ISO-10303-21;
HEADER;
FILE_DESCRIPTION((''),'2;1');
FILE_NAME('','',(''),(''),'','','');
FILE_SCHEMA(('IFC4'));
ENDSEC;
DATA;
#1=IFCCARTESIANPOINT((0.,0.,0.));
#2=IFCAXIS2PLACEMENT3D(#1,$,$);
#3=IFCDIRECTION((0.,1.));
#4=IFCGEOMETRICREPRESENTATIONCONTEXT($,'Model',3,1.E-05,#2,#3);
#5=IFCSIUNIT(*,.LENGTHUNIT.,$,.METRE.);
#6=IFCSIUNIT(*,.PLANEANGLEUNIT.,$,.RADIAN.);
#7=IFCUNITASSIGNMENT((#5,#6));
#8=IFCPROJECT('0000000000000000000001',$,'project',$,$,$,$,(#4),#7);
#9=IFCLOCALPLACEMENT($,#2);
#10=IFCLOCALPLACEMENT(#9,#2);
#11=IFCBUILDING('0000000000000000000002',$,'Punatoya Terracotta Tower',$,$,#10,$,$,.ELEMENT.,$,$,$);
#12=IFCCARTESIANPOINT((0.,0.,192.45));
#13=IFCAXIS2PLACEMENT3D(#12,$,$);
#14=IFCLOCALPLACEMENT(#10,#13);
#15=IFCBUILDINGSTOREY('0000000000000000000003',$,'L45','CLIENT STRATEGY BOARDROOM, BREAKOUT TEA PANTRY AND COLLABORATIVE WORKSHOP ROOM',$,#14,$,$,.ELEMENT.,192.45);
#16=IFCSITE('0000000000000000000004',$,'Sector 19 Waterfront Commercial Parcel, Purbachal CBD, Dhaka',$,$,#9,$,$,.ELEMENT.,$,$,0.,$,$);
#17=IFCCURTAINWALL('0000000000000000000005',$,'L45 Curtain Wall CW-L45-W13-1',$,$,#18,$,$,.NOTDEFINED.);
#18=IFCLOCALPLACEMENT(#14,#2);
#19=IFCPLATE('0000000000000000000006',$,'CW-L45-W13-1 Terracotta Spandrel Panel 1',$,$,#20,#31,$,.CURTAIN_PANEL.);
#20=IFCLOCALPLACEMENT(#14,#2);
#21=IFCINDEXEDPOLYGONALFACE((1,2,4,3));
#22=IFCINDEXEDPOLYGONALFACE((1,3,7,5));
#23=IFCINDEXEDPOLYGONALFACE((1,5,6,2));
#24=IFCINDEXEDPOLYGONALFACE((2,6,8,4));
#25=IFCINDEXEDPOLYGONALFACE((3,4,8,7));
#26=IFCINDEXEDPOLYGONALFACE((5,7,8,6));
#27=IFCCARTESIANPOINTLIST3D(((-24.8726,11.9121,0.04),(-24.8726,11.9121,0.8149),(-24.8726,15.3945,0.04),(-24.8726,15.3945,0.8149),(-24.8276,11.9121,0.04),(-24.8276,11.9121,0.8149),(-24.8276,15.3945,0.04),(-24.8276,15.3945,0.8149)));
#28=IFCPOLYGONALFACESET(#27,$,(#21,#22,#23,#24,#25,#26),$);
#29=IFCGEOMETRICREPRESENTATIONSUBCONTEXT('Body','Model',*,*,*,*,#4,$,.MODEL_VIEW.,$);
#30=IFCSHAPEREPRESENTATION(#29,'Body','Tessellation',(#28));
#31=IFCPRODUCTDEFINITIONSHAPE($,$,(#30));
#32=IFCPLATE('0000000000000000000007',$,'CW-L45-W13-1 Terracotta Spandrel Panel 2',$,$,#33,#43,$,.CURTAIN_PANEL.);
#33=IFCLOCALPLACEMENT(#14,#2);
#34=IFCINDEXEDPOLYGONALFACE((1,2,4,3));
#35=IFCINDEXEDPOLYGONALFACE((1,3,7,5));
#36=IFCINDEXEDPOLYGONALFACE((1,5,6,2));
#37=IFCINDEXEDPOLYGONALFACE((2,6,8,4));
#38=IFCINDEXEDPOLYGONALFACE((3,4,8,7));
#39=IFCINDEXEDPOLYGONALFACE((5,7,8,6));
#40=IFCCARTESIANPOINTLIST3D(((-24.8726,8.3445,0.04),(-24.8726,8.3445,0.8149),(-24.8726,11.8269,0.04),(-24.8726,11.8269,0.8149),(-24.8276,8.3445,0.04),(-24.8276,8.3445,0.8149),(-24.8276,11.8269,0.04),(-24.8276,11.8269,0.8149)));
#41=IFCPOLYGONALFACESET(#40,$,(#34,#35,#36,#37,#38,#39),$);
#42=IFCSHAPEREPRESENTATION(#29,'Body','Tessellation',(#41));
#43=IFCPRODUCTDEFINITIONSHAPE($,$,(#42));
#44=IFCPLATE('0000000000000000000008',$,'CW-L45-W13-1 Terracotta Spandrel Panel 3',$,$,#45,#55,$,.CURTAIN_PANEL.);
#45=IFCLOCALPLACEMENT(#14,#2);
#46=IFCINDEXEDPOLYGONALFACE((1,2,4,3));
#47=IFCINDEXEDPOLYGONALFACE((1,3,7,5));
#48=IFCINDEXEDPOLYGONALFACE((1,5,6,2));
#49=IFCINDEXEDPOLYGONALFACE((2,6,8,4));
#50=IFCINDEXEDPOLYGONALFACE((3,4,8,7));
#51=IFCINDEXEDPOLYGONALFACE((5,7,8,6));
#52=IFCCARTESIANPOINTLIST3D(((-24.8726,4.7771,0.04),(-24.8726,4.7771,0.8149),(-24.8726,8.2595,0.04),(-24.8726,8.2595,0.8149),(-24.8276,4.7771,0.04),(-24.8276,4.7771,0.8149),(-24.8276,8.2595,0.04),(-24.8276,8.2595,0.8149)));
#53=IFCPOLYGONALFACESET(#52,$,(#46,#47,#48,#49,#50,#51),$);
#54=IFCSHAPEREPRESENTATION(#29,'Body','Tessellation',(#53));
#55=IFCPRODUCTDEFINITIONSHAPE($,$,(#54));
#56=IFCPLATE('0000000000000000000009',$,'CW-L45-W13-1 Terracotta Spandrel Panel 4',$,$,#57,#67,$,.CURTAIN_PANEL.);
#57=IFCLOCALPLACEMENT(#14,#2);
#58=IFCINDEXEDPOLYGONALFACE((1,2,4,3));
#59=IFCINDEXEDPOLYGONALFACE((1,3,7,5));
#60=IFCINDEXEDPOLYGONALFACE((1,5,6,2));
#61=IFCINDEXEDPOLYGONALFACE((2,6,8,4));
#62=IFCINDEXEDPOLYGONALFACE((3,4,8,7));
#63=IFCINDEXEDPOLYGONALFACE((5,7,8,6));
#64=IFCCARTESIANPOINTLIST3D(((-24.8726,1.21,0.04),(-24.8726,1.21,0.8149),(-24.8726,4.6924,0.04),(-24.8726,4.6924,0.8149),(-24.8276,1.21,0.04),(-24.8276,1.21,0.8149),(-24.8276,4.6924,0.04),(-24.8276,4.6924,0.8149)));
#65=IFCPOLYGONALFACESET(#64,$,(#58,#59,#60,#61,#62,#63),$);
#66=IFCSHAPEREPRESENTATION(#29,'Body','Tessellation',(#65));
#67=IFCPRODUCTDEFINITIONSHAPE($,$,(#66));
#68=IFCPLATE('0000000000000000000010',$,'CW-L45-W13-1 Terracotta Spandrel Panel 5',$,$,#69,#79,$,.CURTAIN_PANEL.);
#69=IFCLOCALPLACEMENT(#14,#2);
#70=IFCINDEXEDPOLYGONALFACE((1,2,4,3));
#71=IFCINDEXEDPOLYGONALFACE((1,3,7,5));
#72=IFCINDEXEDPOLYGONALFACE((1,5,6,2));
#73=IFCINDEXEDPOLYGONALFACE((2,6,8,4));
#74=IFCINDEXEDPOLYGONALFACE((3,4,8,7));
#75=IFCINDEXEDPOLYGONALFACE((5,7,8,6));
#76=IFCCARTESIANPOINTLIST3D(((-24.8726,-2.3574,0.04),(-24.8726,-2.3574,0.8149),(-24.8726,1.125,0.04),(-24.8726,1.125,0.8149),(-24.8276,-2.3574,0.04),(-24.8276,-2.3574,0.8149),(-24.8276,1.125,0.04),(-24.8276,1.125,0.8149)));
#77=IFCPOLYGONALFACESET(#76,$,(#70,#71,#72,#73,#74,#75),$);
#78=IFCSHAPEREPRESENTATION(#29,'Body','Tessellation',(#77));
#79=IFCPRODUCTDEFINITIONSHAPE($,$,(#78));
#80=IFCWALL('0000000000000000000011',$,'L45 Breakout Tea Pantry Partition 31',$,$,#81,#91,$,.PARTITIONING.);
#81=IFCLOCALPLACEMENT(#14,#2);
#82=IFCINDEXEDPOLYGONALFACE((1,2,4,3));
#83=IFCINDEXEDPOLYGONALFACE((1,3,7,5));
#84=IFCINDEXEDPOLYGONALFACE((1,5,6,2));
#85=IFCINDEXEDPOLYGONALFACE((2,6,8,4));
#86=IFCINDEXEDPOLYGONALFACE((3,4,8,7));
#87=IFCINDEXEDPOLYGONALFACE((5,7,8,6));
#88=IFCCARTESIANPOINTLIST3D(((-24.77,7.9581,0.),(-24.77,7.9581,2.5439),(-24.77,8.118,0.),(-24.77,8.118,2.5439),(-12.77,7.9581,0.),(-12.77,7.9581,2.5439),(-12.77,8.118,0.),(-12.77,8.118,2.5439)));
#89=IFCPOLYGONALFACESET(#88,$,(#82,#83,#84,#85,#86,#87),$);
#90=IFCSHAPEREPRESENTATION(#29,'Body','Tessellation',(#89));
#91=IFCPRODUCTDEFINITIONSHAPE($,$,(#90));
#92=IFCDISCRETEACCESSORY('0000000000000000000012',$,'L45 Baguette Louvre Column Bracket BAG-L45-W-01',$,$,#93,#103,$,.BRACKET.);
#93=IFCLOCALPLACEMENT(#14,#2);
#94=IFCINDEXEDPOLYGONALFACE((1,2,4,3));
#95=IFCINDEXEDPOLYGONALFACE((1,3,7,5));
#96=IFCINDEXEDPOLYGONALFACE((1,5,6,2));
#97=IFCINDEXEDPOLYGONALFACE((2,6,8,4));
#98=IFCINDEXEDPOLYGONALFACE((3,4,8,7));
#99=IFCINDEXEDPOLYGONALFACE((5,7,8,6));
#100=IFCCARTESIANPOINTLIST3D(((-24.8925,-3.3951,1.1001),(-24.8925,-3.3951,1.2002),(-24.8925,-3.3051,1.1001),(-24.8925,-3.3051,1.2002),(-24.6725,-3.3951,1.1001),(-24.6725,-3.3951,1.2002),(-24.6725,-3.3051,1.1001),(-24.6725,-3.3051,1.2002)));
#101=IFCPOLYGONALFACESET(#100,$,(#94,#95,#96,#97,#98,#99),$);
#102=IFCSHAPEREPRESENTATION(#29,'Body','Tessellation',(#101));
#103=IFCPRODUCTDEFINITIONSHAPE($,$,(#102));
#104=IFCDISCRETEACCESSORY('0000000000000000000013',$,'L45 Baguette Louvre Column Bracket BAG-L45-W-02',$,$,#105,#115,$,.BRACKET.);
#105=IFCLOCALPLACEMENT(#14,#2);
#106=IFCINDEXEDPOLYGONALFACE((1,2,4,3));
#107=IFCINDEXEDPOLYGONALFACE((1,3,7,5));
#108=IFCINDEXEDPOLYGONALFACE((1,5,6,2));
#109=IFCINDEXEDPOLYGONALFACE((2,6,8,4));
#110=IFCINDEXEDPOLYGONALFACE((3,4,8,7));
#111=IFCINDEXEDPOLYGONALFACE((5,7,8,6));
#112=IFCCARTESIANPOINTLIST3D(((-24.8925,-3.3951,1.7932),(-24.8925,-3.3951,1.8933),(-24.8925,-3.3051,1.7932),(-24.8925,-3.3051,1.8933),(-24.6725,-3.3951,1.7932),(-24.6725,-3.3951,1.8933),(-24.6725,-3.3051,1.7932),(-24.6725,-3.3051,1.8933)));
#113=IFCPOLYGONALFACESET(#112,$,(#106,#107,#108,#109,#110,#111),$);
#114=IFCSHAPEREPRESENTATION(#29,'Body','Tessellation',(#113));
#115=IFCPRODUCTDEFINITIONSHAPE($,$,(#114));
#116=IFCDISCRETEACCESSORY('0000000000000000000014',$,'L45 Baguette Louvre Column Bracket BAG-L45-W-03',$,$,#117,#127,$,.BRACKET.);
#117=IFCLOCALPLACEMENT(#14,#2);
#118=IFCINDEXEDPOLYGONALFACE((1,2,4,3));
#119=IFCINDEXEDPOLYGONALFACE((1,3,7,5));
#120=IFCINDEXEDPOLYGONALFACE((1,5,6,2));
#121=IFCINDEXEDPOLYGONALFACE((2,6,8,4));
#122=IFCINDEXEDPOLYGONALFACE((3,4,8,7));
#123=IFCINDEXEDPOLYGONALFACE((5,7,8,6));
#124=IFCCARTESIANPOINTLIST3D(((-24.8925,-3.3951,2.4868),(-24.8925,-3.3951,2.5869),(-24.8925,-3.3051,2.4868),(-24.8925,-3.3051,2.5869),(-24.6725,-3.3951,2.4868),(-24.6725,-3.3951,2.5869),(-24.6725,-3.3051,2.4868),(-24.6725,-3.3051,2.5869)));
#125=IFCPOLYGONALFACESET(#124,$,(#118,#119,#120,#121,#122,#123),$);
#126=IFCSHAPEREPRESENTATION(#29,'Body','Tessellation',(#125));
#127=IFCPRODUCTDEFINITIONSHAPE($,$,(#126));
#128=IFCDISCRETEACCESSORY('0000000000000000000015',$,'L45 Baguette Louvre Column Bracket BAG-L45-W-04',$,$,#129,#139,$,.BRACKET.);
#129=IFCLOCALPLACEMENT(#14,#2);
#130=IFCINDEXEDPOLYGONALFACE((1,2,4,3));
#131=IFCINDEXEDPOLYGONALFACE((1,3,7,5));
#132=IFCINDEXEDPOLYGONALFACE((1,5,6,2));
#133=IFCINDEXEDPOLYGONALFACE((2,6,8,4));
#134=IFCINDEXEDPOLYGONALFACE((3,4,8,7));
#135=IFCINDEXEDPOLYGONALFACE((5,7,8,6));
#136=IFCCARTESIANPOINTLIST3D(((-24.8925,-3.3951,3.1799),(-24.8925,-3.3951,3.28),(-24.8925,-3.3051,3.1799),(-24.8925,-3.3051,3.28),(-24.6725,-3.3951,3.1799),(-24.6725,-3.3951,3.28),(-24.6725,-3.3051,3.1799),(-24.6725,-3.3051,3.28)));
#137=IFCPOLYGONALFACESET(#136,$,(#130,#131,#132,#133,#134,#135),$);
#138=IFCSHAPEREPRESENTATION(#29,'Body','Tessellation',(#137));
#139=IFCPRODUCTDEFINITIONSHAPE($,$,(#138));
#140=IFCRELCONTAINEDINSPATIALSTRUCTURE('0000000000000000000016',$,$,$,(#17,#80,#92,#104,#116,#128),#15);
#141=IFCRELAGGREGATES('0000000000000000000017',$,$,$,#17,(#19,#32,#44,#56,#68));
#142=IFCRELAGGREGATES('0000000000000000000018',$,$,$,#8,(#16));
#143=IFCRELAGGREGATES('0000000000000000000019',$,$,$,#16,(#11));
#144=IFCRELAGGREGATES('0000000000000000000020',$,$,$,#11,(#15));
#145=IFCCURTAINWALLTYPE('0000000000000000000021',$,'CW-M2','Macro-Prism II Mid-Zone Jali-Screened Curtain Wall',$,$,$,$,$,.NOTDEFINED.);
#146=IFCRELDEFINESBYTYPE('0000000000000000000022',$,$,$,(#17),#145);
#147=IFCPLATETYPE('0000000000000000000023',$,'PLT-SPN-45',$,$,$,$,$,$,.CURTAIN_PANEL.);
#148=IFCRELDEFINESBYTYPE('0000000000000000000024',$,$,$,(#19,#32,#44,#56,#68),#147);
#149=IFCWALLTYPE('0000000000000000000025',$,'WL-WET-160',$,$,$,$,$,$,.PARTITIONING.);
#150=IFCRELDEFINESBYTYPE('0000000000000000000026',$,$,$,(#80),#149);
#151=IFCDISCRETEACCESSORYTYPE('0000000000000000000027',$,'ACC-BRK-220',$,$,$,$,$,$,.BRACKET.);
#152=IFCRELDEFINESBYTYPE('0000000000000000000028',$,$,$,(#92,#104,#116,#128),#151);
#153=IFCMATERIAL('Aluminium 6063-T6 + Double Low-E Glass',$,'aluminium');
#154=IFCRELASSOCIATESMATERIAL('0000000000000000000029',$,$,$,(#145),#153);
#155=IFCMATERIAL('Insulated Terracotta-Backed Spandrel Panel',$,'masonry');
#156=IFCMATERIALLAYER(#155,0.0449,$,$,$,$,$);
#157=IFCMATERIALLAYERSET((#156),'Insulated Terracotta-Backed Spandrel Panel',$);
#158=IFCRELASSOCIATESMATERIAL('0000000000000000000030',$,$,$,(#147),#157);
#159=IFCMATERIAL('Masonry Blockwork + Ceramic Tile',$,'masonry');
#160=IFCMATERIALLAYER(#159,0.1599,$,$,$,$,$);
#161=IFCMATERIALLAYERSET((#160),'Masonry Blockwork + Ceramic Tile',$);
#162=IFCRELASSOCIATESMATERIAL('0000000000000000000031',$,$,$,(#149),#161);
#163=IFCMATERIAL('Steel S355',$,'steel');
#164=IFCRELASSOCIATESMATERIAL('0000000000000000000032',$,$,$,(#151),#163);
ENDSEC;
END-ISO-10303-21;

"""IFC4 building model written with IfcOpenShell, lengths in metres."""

from ifc_helpers import new_model, si_unit, direction, frame, frame_2d, origin, origin_2d, place, context, subcontext, project, spatial, rectangle, extrude, material, layer, layer_set, type_object, element, aggregate, save


model = new_model("IFC4")

# Units and contexts
model_context = context("Model", 3, precision=1e-05, world=origin(), true_north=direction((0.0, 1.0)))
body_context = subcontext(model_context, "Body", "Model", "MODEL_VIEW")
ifc_project = project(units=[si_unit("LENGTHUNIT", "METRE"), si_unit("PLANEANGLEUNIT", "RADIAN")], contexts=[model_context])

# Site, building, storey
site_placement = place(None, origin())
site = spatial("IfcSite", under=ifc_project, at=site_placement, Name="Sector 19 Waterfront Commercial Parcel, Purbachal CBD, Dhaka", CompositionType="ELEMENT", RefElevation=0.0)
building_placement = place(site_placement, origin())
building = spatial("IfcBuilding", under=site, at=building_placement, Name="Punatoya Terracotta Tower", CompositionType="ELEMENT")
storey_placement = place(building_placement, frame((0.0, 0.0, 192.45)))
storey = spatial("IfcBuildingStorey", under=building, at=storey_placement, Name="L45", Description="CLIENT STRATEGY BOARDROOM, BREAKOUT TEA PANTRY AND COLLABORATIVE WORKSHOP ROOM", CompositionType="ELEMENT", Elevation=192.45)

# Curtain wall
ifc_material_1 = material(Name="Aluminium 6063-T6 + Double Low-E Glass", Category="aluminium")
curtain_wall_type = type_object("IfcCurtainWallType", Name="CW-M2", Description="Macro-Prism II Mid-Zone Jali-Screened Curtain Wall", PredefinedType="NOTDEFINED", material=ifc_material_1)
curtain_wall_placement = place(storey_placement, origin())
curtain_wall = element("IfcCurtainWall", 1, at=curtain_wall_placement, inside=storey, type_object=curtain_wall_type, Name="L45 Curtain Wall CW-L45-W13-1", PredefinedType="NOTDEFINED")

# Shared definitions
ifc_material_2 = material(Name="Steel S355", Category="steel")

# Plates
ifc_material_3 = material(Name="Insulated Terracotta-Backed Spandrel Panel", Category="masonry")
ifc_layer_1 = layer(ifc_material_3, 0.0449)
ifc_layer_set_1 = layer_set([ifc_layer_1], Name="Insulated Terracotta-Backed Spandrel Panel")
plate_type_1 = type_object("IfcPlateType", Name="PLT-SPN-45", PredefinedType="CURTAIN_PANEL", material=ifc_layer_set_1)
plate_1_placement = place(storey_placement, frame((-24.8501, 13.6533, 0.04), z_axis=(0.0, 0.0, 1.0), x_axis=(0.0, -1.0, 0.0)))
plate_1 = element("IfcPlate", 2, at=plate_1_placement, type_object=plate_type_1, Name="CW-L45-W13-1 Terracotta Spandrel Panel 1", PredefinedType="CURTAIN_PANEL", context=body_context, shape_type="SweptSolid", body=[
    extrude(rectangle(XDim=3.4824, YDim=0.0449, at=origin_2d()), origin(), (0.0, 0.0, 1.0), 0.7749),
])
plate_2_placement = place(storey_placement, frame((-24.8501, 10.0857, 0.04), z_axis=(0.0, 0.0, 1.0), x_axis=(0.0, -1.0, 0.0)))
plate_2 = element("IfcPlate", 3, at=plate_2_placement, type_object=plate_type_1, Name="CW-L45-W13-1 Terracotta Spandrel Panel 2", PredefinedType="CURTAIN_PANEL", context=body_context, shape_type="SweptSolid", body=[
    extrude(rectangle(XDim=3.4824, YDim=0.0449, at=origin_2d()), origin(), (0.0, 0.0, 1.0), 0.7749),
])
plate_3_placement = place(storey_placement, frame((-24.8501, 6.5183, 0.04), z_axis=(0.0, 0.0, 1.0), x_axis=(0.0, -1.0, 0.0)))
plate_3 = element("IfcPlate", 4, at=plate_3_placement, type_object=plate_type_1, Name="CW-L45-W13-1 Terracotta Spandrel Panel 3", PredefinedType="CURTAIN_PANEL", context=body_context, shape_type="SweptSolid", body=[
    extrude(rectangle(XDim=3.4824, YDim=0.0449, at=origin_2d()), origin(), (0.0, 0.0, 1.0), 0.7749),
])
plate_4_placement = place(storey_placement, frame((-24.8501, 2.9512, 0.04), z_axis=(0.0, 0.0, 1.0), x_axis=(0.0, -1.0, 0.0)))
plate_4 = element("IfcPlate", 5, at=plate_4_placement, type_object=plate_type_1, Name="CW-L45-W13-1 Terracotta Spandrel Panel 4", PredefinedType="CURTAIN_PANEL", context=body_context, shape_type="SweptSolid", body=[
    extrude(rectangle(XDim=3.4824, YDim=0.0449, at=origin_2d()), origin(), (0.0, 0.0, 1.0), 0.7749),
])
plate_5_placement = place(storey_placement, frame((-24.8501, -0.6162, 0.04), z_axis=(0.0, 0.0, 1.0), x_axis=(0.0, -1.0, 0.0)))
plate_5 = element("IfcPlate", 6, at=plate_5_placement, type_object=plate_type_1, Name="CW-L45-W13-1 Terracotta Spandrel Panel 5", PredefinedType="CURTAIN_PANEL", context=body_context, shape_type="SweptSolid", body=[
    extrude(rectangle(XDim=3.4824, YDim=0.0449, at=origin_2d()), origin(), (0.0, 0.0, 1.0), 0.7749),
])
aggregate(curtain_wall, [plate_1, plate_2, plate_3, plate_4, plate_5])

# Wall
ifc_material_4 = material(Name="Masonry Blockwork + Ceramic Tile", Category="masonry")
ifc_layer_2 = layer(ifc_material_4, 0.1599)
ifc_layer_set_2 = layer_set([ifc_layer_2], Name="Masonry Blockwork + Ceramic Tile")
wall_type = type_object("IfcWallType", Name="WL-WET-160", PredefinedType="PARTITIONING", material=ifc_layer_set_2)
wall_placement = place(storey_placement, frame((-24.77, 8.0381, 0.0), z_axis=(0.0, 0.0, 1.0), x_axis=(1.0, 0.0, 0.0)))
element("IfcWall", 7, at=wall_placement, inside=storey, type_object=wall_type, Name="L45 Breakout Tea Pantry Partition 31", PredefinedType="PARTITIONING", context=body_context, shape_type="SweptSolid", body=[
    extrude(rectangle(XDim=12.0, YDim=0.1599, at=frame_2d((6.0, 0.0))), origin(), (0.0, 0.0, 1.0), 2.5439),
])

# Discrete accessories
discrete_accessory_type = type_object("IfcDiscreteAccessoryType", Name="ACC-BRK-220", PredefinedType="BRACKET", material=ifc_material_2)
for number, where, z_axis, x_axis, name in (
    (8, (-24.7825, -3.3501, 1.1001), (0.0, 0.0, 1.0), (0.0, 1.0, 0.0), "L45 Baguette Louvre Column Bracket BAG-L45-W-01"),
    (9, (-24.7825, -3.3501, 1.7932), (0.0, 0.0, 1.0), (0.0, 1.0, 0.0), "L45 Baguette Louvre Column Bracket BAG-L45-W-02"),
    (10, (-24.7825, -3.3501, 2.4868), (0.0, 0.0, 1.0), (0.0, 1.0, 0.0), "L45 Baguette Louvre Column Bracket BAG-L45-W-03"),
    (11, (-24.7825, -3.3501, 3.1799), (0.0, 0.0, 1.0), (0.0, 1.0, 0.0), "L45 Baguette Louvre Column Bracket BAG-L45-W-04"),
):
    element("IfcDiscreteAccessory", number, at=place(storey_placement, frame(where, z_axis=z_axis, x_axis=x_axis)), inside=storey, type_object=discrete_accessory_type, Name=name, PredefinedType="BRACKET", context=body_context, shape_type="SweptSolid", body=[
        extrude(rectangle(XDim=0.0901, YDim=0.22, at=origin_2d()), origin(), (0.0, 0.0, 1.0), 0.1001),
    ])

save(model, "model.ifc")
